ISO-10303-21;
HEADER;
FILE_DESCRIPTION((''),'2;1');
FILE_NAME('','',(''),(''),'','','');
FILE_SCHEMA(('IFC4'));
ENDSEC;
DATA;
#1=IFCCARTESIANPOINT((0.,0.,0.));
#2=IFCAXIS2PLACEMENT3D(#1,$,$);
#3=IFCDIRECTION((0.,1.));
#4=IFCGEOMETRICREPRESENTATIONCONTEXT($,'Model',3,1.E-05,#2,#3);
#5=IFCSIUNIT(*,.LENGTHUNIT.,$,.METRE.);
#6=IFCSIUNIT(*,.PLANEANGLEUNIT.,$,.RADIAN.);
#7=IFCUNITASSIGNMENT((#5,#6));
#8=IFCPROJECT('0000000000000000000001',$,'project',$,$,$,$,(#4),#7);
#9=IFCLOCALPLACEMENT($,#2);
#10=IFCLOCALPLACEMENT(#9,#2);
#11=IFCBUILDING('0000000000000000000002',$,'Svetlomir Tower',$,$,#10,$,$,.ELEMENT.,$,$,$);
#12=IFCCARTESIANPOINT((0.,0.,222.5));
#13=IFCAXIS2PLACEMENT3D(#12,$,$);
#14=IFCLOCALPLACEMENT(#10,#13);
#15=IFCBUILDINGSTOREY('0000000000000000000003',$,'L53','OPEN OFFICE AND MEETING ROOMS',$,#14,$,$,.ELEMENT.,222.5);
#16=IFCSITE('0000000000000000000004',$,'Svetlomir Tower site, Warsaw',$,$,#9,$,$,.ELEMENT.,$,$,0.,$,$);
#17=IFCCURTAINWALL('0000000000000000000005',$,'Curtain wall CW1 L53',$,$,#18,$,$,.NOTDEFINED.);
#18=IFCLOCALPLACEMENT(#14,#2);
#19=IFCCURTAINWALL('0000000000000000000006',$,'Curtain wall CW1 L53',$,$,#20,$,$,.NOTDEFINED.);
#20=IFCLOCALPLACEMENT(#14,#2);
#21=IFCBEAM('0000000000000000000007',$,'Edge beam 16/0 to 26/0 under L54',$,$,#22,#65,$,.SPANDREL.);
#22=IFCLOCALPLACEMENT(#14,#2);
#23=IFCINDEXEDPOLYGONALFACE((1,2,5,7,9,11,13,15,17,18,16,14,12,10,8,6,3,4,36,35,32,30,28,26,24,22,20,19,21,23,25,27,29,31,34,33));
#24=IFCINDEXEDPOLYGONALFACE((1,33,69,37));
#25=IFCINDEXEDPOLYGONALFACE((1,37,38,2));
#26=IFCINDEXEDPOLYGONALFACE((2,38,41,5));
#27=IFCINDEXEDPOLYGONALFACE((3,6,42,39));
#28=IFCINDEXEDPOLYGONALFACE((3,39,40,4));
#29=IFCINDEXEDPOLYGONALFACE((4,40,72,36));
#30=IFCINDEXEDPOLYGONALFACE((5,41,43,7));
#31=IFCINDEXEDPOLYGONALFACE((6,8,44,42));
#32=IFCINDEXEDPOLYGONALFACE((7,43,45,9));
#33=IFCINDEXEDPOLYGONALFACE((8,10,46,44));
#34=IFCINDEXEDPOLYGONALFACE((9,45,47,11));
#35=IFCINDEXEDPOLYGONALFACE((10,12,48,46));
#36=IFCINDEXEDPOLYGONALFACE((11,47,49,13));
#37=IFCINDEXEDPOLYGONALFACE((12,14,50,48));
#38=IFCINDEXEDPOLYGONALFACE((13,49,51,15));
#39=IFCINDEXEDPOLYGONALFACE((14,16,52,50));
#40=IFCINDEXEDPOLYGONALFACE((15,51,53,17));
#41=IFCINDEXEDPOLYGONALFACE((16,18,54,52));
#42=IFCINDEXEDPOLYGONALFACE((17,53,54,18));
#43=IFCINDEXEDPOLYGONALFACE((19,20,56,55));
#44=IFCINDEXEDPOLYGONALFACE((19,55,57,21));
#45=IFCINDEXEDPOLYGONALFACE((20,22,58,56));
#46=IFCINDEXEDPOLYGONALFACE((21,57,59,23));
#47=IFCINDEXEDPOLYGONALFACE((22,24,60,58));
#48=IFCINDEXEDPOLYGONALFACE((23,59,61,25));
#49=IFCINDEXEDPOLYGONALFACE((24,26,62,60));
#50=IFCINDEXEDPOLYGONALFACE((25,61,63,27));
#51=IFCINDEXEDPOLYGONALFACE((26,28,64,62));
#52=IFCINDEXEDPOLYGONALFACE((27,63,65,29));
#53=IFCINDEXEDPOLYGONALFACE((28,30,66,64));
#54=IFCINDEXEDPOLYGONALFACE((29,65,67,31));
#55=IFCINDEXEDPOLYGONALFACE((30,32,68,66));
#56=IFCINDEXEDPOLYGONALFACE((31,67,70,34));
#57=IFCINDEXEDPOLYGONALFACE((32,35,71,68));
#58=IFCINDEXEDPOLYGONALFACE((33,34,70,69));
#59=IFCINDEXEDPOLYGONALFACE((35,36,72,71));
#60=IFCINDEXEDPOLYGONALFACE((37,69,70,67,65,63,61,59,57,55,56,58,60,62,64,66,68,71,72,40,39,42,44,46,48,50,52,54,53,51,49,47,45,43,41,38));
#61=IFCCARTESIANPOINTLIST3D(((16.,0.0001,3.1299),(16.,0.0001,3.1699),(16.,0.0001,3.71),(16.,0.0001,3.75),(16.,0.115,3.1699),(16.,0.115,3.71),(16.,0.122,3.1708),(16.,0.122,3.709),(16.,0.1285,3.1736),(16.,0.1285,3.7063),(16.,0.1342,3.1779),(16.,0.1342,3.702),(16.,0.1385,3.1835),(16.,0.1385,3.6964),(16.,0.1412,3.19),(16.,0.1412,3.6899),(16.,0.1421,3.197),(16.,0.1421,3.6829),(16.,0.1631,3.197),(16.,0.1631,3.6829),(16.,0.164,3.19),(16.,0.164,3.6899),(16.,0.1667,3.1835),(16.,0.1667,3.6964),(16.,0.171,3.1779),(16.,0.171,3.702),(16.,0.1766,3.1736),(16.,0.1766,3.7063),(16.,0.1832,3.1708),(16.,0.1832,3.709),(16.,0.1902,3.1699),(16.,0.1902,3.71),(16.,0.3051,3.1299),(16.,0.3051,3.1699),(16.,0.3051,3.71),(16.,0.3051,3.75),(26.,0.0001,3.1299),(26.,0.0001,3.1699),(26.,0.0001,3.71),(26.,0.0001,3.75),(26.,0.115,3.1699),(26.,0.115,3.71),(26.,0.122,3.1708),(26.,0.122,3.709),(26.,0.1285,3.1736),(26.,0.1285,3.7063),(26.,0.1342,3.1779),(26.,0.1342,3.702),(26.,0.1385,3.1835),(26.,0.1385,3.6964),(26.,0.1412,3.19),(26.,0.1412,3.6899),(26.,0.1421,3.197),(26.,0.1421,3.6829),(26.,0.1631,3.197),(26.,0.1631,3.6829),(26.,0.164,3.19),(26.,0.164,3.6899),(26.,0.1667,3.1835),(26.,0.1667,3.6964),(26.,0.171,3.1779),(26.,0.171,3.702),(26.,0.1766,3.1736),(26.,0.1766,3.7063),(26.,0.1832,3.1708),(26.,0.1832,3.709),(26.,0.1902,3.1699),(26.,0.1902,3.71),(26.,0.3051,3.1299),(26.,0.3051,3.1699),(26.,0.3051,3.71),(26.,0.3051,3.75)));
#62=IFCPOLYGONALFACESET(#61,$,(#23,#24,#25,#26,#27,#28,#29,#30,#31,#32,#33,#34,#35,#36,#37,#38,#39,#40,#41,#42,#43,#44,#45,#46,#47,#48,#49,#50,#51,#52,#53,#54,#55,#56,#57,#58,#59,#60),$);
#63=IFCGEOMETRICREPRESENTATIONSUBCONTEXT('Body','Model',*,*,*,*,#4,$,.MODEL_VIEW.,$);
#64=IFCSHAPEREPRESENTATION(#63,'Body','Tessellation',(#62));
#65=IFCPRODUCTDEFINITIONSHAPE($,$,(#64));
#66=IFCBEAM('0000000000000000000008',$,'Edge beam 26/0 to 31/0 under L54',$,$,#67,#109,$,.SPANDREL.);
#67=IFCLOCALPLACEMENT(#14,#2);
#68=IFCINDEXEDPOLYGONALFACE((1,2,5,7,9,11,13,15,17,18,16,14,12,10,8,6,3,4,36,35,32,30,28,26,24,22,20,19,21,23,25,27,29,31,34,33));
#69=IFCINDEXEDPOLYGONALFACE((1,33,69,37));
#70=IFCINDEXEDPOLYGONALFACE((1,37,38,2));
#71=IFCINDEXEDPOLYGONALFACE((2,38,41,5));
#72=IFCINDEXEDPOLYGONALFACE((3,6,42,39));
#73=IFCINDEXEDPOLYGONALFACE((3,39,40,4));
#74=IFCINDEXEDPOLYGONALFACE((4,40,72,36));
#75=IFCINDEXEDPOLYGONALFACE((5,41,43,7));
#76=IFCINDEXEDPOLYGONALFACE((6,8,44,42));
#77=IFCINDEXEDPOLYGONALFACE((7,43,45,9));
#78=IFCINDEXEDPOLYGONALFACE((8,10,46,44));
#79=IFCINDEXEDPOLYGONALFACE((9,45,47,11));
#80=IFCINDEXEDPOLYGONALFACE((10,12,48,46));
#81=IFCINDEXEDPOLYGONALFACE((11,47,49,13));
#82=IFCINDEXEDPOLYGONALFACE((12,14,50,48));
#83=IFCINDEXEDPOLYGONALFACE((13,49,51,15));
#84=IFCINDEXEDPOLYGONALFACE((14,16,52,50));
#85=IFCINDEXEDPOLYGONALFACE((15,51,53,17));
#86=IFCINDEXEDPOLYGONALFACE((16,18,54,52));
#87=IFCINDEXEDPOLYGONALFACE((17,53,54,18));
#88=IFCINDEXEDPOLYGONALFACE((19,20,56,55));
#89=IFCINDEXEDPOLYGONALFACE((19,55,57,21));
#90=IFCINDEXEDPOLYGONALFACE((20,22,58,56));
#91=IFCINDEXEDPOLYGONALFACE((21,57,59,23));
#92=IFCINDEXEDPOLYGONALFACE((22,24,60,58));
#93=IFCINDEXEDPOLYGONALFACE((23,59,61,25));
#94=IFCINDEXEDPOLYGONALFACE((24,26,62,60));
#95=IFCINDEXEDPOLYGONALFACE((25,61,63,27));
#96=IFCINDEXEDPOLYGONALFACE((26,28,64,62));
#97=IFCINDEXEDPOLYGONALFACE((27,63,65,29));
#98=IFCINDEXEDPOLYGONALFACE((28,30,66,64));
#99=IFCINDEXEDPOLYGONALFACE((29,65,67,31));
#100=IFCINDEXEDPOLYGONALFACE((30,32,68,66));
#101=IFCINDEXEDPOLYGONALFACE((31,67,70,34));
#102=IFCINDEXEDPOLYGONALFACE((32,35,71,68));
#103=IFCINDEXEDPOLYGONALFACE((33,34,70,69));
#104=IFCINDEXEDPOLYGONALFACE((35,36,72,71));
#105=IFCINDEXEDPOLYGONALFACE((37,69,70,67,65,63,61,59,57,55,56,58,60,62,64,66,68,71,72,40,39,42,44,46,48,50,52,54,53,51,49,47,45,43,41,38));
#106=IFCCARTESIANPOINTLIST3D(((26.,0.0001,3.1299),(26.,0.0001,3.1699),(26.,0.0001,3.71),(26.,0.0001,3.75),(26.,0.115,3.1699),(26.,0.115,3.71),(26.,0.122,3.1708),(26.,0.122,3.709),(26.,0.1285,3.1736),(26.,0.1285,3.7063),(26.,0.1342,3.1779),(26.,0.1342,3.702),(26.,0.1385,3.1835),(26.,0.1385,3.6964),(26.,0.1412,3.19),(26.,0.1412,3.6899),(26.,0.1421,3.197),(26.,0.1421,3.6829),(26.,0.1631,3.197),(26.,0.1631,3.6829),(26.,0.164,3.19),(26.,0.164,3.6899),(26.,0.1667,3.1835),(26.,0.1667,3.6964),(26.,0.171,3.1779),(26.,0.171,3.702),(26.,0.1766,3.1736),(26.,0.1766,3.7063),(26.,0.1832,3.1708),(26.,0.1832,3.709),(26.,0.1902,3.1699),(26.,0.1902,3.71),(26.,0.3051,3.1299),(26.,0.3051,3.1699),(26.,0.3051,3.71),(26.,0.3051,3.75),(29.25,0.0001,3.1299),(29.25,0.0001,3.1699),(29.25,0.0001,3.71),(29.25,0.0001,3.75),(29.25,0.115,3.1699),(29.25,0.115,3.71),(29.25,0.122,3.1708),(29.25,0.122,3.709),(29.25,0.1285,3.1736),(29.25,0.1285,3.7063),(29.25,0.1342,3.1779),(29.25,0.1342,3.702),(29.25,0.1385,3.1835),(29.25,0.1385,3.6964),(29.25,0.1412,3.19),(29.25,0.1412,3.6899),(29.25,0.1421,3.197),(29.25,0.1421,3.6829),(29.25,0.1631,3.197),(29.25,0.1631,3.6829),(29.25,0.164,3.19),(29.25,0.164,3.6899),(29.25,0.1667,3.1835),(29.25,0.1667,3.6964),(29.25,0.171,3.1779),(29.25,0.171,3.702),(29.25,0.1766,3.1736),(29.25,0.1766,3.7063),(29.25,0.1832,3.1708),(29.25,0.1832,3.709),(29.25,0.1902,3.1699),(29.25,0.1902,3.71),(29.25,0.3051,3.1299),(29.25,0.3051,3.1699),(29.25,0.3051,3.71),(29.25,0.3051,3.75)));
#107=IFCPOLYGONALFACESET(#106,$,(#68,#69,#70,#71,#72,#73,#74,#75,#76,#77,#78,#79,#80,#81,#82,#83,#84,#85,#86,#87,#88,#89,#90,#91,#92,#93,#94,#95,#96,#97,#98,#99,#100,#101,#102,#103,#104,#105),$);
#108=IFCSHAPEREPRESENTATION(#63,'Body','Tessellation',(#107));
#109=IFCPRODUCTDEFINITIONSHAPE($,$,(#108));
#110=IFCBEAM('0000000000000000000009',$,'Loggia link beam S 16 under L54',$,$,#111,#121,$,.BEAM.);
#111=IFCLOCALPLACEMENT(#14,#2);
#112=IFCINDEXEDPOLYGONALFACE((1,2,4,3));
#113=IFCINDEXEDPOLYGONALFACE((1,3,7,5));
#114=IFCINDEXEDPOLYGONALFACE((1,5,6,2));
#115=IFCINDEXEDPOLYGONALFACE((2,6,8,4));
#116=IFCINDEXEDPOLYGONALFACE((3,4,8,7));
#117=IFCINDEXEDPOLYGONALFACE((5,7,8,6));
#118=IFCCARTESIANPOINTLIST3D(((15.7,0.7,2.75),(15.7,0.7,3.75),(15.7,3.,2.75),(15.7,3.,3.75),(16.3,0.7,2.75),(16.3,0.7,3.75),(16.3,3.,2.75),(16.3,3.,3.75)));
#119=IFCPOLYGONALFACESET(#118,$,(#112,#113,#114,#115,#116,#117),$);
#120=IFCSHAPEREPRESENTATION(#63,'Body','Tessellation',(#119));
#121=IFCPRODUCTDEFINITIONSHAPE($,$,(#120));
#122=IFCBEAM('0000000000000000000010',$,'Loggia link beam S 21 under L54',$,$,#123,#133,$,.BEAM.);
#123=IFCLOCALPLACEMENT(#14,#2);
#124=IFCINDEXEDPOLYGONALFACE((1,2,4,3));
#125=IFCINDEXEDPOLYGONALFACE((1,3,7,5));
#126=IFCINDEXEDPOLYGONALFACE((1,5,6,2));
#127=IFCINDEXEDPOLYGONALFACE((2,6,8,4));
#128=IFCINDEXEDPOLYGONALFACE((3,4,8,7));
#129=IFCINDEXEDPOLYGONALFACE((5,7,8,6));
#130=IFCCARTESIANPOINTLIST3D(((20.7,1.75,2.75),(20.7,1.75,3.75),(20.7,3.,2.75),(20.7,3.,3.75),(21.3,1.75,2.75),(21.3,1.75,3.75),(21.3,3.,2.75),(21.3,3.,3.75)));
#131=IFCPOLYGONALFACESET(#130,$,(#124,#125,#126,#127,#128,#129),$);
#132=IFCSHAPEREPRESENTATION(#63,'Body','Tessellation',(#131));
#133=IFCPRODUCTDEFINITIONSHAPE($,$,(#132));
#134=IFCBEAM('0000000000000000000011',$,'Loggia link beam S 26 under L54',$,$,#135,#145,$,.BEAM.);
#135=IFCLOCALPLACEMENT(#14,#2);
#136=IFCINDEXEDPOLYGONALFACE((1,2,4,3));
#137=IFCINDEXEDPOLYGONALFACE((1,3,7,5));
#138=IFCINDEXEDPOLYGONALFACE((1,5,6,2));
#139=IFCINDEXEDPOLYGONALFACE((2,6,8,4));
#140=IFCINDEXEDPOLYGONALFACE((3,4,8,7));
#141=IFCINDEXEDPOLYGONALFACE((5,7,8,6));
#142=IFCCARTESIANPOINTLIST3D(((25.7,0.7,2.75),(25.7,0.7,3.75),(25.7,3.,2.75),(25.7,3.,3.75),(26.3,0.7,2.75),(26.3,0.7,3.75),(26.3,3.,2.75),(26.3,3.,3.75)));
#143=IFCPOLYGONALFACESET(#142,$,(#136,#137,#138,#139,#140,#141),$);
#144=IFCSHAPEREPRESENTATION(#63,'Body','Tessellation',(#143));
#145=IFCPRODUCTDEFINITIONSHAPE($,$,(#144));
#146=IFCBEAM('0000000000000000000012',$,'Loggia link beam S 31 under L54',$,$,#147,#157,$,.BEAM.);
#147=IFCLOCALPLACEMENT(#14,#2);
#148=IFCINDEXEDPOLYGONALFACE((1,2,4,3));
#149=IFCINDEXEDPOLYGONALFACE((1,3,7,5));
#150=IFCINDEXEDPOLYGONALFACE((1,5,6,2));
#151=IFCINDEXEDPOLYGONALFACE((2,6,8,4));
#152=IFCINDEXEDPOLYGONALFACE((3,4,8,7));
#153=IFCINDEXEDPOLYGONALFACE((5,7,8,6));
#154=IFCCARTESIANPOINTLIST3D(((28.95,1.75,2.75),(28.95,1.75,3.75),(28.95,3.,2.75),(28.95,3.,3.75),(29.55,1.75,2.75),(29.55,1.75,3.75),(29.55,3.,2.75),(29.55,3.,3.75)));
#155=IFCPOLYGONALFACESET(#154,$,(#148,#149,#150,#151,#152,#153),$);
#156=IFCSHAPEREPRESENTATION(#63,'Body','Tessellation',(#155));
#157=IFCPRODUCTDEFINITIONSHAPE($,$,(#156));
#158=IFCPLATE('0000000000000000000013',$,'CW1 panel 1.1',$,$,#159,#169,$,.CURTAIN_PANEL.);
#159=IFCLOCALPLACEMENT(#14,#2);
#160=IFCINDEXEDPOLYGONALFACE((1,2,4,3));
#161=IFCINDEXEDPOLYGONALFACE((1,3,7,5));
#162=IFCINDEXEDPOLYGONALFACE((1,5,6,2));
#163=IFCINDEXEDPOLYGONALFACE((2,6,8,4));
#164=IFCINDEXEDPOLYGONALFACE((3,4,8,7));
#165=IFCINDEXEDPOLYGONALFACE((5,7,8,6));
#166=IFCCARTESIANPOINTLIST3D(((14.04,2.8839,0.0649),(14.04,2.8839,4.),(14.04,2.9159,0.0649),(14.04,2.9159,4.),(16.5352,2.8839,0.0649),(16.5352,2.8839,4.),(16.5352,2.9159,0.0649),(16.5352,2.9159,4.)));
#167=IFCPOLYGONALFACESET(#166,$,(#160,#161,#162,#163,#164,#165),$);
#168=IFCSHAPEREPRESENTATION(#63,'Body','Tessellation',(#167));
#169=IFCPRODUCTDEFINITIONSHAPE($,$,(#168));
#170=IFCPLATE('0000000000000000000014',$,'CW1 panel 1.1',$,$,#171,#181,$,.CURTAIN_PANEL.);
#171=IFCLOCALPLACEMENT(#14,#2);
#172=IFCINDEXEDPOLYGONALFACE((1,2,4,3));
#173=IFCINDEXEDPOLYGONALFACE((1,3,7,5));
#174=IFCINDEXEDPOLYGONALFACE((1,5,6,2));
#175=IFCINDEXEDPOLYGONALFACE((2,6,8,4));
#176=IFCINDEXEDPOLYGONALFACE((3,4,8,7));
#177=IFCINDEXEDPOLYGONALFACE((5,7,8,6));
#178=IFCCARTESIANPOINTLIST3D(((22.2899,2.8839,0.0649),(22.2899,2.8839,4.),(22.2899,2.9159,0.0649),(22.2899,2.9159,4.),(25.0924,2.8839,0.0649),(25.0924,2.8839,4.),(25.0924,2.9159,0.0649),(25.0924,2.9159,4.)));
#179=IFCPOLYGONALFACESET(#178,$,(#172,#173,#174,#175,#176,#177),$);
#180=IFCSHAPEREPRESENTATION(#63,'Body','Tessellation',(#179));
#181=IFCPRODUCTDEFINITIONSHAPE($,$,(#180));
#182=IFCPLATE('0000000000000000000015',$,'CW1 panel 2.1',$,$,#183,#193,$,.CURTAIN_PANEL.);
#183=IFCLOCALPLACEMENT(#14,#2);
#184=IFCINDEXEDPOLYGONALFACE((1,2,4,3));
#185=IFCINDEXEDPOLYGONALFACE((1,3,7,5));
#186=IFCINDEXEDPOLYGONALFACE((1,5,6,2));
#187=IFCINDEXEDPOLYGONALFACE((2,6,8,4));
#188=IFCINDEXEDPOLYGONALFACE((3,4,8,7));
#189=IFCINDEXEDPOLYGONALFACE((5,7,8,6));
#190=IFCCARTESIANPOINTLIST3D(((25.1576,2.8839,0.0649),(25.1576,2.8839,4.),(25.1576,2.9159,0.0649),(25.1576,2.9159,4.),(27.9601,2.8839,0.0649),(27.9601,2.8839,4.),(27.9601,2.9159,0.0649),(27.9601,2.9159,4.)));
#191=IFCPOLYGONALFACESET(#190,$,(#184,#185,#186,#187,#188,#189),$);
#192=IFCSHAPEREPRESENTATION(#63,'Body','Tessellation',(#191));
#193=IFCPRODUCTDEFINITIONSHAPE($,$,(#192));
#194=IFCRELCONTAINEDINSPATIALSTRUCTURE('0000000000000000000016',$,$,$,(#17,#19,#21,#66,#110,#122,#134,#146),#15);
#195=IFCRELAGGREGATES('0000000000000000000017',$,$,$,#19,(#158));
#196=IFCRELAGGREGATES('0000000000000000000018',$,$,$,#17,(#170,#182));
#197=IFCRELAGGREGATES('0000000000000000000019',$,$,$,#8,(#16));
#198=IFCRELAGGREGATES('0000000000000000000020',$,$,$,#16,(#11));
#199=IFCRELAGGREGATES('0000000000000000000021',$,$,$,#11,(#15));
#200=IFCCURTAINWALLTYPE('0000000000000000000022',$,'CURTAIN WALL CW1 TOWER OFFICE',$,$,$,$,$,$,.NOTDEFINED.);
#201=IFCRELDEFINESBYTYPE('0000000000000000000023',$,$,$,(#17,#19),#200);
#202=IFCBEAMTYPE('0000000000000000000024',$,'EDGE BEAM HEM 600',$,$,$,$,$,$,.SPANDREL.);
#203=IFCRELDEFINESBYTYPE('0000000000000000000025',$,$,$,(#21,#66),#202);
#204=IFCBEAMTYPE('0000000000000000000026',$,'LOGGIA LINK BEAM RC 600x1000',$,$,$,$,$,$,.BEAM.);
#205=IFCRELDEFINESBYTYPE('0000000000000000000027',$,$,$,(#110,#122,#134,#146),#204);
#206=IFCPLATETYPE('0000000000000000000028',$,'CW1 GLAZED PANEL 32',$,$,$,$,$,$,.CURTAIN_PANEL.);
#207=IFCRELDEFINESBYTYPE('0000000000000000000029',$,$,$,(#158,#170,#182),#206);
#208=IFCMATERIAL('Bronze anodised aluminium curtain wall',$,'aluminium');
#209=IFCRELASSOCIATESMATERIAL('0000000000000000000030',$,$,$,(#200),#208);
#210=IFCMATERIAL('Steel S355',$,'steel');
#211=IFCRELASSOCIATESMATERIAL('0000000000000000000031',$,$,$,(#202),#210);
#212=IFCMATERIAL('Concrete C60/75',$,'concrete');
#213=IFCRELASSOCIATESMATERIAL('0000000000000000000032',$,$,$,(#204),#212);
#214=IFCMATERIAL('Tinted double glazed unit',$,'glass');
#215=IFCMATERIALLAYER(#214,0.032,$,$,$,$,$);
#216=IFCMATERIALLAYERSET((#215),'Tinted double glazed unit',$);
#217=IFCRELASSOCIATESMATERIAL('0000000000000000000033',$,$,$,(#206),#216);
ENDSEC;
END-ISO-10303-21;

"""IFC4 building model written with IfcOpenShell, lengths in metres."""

from ifc_helpers import new_model, si_unit, direction, frame, origin, origin_2d, place, context, subcontext, project, spatial, rectangle, i_section, extrude, material, layer, layer_set, material_profile, profile_set, type_object, element, aggregate, save


model = new_model("IFC4")

# Units and contexts
model_context = context("Model", 3, precision=1e-05, world=origin(), true_north=direction((0.0, 1.0)))
body_context = subcontext(model_context, "Body", "Model", "MODEL_VIEW")
ifc_project = project(units=[si_unit("LENGTHUNIT", "METRE"), si_unit("PLANEANGLEUNIT", "RADIAN")], contexts=[model_context])

# Site, building, storey
site_placement = place(None, origin())
site = spatial("IfcSite", under=ifc_project, at=site_placement, Name="Svetlomir Tower site, Warsaw", CompositionType="ELEMENT", RefElevation=0.0)
building_placement = place(site_placement, origin())
building = spatial("IfcBuilding", under=site, at=building_placement, Name="Svetlomir Tower", CompositionType="ELEMENT")
storey_placement = place(building_placement, frame((0.0, 0.0, 222.5)))
storey = spatial("IfcBuildingStorey", under=building, at=storey_placement, Name="L53", Description="OPEN OFFICE AND MEETING ROOMS", CompositionType="ELEMENT", Elevation=222.5)

# Curtain walls
ifc_material_1 = material(Name="Bronze anodised aluminium curtain wall", Category="aluminium")
curtain_wall_type = type_object("IfcCurtainWallType", Name="CURTAIN WALL CW1 TOWER OFFICE", PredefinedType="NOTDEFINED", material=ifc_material_1)
curtain_wall_1_placement = place(storey_placement, origin())
curtain_wall_1 = element("IfcCurtainWall", 1, at=curtain_wall_1_placement, inside=storey, type_object=curtain_wall_type, Name="Curtain wall CW1 L53", PredefinedType="NOTDEFINED")
curtain_wall_2_placement = place(storey_placement, origin())
curtain_wall_2 = element("IfcCurtainWall", 2, at=curtain_wall_2_placement, inside=storey, type_object=curtain_wall_type, Name="Curtain wall CW1 L53", PredefinedType="NOTDEFINED")

# Beams
ifc_material_2 = material(Name="Steel S355", Category="steel")
ifc_material_profile_1 = material_profile(ifc_material_2, i_section(OverallWidth=0.3049, OverallDepth=0.6201, WebThickness=0.021, FlangeThickness=0.04, FilletRadius=0.0271, at=origin_2d()), Name="HEM 600")
ifc_profile_set_1 = profile_set([ifc_material_profile_1], Name="Steel S355")
beam_type_1 = type_object("IfcBeamType", Name="EDGE BEAM HEM 600", PredefinedType="SPANDREL", material=ifc_profile_set_1)
beam_1_placement = place(storey_placement, frame((16.0, 0.1526, 3.4399), z_axis=(1.0, 0.0, 0.0), x_axis=(0.0, 1.0, 0.0)))
element("IfcBeam", 3, at=beam_1_placement, inside=storey, type_object=beam_type_1, Name="Edge beam 16/0 to 26/0 under L54", PredefinedType="SPANDREL", context=body_context, shape_type="SweptSolid", body=[
    extrude(i_section(OverallWidth=0.3049, OverallDepth=0.6201, WebThickness=0.021, FlangeThickness=0.04, FilletRadius=0.0271, at=origin_2d()), origin(), (0.0, 0.0, 1.0), 10.0),
])
beam_2_placement = place(storey_placement, frame((26.0, 0.1526, 3.4399), z_axis=(1.0, 0.0, 0.0), x_axis=(0.0, 1.0, 0.0)))
element("IfcBeam", 4, at=beam_2_placement, inside=storey, type_object=beam_type_1, Name="Edge beam 26/0 to 31/0 under L54", PredefinedType="SPANDREL", context=body_context, shape_type="SweptSolid", body=[
    extrude(i_section(OverallWidth=0.3049, OverallDepth=0.6201, WebThickness=0.021, FlangeThickness=0.04, FilletRadius=0.0271, at=origin_2d()), origin(), (0.0, 0.0, 1.0), 3.25),
])
ifc_material_3 = material(Name="Concrete C60/75", Category="concrete")
ifc_material_profile_2 = material_profile(ifc_material_3, rectangle(XDim=0.6001, YDim=1.0, at=origin_2d()), Name="RC 600x1000")
ifc_profile_set_2 = profile_set([ifc_material_profile_2], Name="Concrete C60/75")
beam_type_2 = type_object("IfcBeamType", Name="LOGGIA LINK BEAM RC 600x1000", PredefinedType="BEAM", material=ifc_profile_set_2)
beam_3_placement = place(storey_placement, frame((16.0, 0.7, 3.25), z_axis=(0.0, 1.0, 0.0), x_axis=(-1.0, 0.0, 0.0)))
element("IfcBeam", 5, at=beam_3_placement, inside=storey, type_object=beam_type_2, Name="Loggia link beam S 16 under L54", PredefinedType="BEAM", context=body_context, shape_type="SweptSolid", body=[
    extrude(rectangle(XDim=0.6001, YDim=1.0, at=origin_2d()), origin(), (0.0, 0.0, 1.0), 2.3),
])
beam_4_placement = place(storey_placement, frame((21.0, 1.75, 3.25), z_axis=(0.0, 1.0, 0.0), x_axis=(-1.0, 0.0, 0.0)))
element("IfcBeam", 6, at=beam_4_placement, inside=storey, type_object=beam_type_2, Name="Loggia link beam S 21 under L54", PredefinedType="BEAM", context=body_context, shape_type="SweptSolid", body=[
    extrude(rectangle(XDim=0.6001, YDim=1.0, at=origin_2d()), origin(), (0.0, 0.0, 1.0), 1.25),
])
beam_5_placement = place(storey_placement, frame((26.0, 0.7, 3.25), z_axis=(0.0, 1.0, 0.0), x_axis=(-1.0, 0.0, 0.0)))
element("IfcBeam", 7, at=beam_5_placement, inside=storey, type_object=beam_type_2, Name="Loggia link beam S 26 under L54", PredefinedType="BEAM", context=body_context, shape_type="SweptSolid", body=[
    extrude(rectangle(XDim=0.6001, YDim=1.0, at=origin_2d()), origin(), (0.0, 0.0, 1.0), 2.3),
])
beam_6_placement = place(storey_placement, frame((29.25, 1.75, 3.25), z_axis=(0.0, 1.0, 0.0), x_axis=(-1.0, 0.0, 0.0)))
element("IfcBeam", 8, at=beam_6_placement, inside=storey, type_object=beam_type_2, Name="Loggia link beam S 31 under L54", PredefinedType="BEAM", context=body_context, shape_type="SweptSolid", body=[
    extrude(rectangle(XDim=0.6001, YDim=1.0, at=origin_2d()), origin(), (0.0, 0.0, 1.0), 1.25),
])

# Plates
ifc_material_4 = material(Name="Tinted double glazed unit", Category="glass")
ifc_layer_1 = layer(ifc_material_4, 0.032)
ifc_layer_set_1 = layer_set([ifc_layer_1], Name="Tinted double glazed unit")
plate_type = type_object("IfcPlateType", Name="CW1 GLAZED PANEL 32", PredefinedType="CURTAIN_PANEL", material=ifc_layer_set_1)
plate_1_placement = place(storey_placement, frame((15.2876, 2.8999, 0.0649), z_axis=(0.0, 0.0, 1.0), x_axis=(1.0, 0.0, 0.0)))
plate_1 = element("IfcPlate", 9, at=plate_1_placement, type_object=plate_type, Name="CW1 panel 1.1", PredefinedType="CURTAIN_PANEL", context=body_context, shape_type="SweptSolid", body=[
    extrude(rectangle(XDim=2.4951, YDim=0.032, at=origin_2d()), origin(), (0.0, 0.0, 1.0), 3.9351),
])
aggregate(curtain_wall_2, [plate_1])
plate_2_placement = place(storey_placement, frame((23.6912, 2.8999, 0.0649), z_axis=(0.0, 0.0, 1.0), x_axis=(1.0, 0.0, 0.0)))
plate_2 = element("IfcPlate", 10, at=plate_2_placement, type_object=plate_type, Name="CW1 panel 1.1", PredefinedType="CURTAIN_PANEL", context=body_context, shape_type="SweptSolid", body=[
    extrude(rectangle(XDim=2.8025, YDim=0.032, at=origin_2d()), origin(), (0.0, 0.0, 1.0), 3.9351),
])
plate_3_placement = place(storey_placement, frame((26.5588, 2.8999, 0.0649), z_axis=(0.0, 0.0, 1.0), x_axis=(1.0, 0.0, 0.0)))
plate_3 = element("IfcPlate", 11, at=plate_3_placement, type_object=plate_type, Name="CW1 panel 2.1", PredefinedType="CURTAIN_PANEL", context=body_context, shape_type="SweptSolid", body=[
    extrude(rectangle(XDim=2.8025, YDim=0.032, at=origin_2d()), origin(), (0.0, 0.0, 1.0), 3.9351),
])
aggregate(curtain_wall_1, [plate_2, plate_3])

save(model, "model.ifc")
